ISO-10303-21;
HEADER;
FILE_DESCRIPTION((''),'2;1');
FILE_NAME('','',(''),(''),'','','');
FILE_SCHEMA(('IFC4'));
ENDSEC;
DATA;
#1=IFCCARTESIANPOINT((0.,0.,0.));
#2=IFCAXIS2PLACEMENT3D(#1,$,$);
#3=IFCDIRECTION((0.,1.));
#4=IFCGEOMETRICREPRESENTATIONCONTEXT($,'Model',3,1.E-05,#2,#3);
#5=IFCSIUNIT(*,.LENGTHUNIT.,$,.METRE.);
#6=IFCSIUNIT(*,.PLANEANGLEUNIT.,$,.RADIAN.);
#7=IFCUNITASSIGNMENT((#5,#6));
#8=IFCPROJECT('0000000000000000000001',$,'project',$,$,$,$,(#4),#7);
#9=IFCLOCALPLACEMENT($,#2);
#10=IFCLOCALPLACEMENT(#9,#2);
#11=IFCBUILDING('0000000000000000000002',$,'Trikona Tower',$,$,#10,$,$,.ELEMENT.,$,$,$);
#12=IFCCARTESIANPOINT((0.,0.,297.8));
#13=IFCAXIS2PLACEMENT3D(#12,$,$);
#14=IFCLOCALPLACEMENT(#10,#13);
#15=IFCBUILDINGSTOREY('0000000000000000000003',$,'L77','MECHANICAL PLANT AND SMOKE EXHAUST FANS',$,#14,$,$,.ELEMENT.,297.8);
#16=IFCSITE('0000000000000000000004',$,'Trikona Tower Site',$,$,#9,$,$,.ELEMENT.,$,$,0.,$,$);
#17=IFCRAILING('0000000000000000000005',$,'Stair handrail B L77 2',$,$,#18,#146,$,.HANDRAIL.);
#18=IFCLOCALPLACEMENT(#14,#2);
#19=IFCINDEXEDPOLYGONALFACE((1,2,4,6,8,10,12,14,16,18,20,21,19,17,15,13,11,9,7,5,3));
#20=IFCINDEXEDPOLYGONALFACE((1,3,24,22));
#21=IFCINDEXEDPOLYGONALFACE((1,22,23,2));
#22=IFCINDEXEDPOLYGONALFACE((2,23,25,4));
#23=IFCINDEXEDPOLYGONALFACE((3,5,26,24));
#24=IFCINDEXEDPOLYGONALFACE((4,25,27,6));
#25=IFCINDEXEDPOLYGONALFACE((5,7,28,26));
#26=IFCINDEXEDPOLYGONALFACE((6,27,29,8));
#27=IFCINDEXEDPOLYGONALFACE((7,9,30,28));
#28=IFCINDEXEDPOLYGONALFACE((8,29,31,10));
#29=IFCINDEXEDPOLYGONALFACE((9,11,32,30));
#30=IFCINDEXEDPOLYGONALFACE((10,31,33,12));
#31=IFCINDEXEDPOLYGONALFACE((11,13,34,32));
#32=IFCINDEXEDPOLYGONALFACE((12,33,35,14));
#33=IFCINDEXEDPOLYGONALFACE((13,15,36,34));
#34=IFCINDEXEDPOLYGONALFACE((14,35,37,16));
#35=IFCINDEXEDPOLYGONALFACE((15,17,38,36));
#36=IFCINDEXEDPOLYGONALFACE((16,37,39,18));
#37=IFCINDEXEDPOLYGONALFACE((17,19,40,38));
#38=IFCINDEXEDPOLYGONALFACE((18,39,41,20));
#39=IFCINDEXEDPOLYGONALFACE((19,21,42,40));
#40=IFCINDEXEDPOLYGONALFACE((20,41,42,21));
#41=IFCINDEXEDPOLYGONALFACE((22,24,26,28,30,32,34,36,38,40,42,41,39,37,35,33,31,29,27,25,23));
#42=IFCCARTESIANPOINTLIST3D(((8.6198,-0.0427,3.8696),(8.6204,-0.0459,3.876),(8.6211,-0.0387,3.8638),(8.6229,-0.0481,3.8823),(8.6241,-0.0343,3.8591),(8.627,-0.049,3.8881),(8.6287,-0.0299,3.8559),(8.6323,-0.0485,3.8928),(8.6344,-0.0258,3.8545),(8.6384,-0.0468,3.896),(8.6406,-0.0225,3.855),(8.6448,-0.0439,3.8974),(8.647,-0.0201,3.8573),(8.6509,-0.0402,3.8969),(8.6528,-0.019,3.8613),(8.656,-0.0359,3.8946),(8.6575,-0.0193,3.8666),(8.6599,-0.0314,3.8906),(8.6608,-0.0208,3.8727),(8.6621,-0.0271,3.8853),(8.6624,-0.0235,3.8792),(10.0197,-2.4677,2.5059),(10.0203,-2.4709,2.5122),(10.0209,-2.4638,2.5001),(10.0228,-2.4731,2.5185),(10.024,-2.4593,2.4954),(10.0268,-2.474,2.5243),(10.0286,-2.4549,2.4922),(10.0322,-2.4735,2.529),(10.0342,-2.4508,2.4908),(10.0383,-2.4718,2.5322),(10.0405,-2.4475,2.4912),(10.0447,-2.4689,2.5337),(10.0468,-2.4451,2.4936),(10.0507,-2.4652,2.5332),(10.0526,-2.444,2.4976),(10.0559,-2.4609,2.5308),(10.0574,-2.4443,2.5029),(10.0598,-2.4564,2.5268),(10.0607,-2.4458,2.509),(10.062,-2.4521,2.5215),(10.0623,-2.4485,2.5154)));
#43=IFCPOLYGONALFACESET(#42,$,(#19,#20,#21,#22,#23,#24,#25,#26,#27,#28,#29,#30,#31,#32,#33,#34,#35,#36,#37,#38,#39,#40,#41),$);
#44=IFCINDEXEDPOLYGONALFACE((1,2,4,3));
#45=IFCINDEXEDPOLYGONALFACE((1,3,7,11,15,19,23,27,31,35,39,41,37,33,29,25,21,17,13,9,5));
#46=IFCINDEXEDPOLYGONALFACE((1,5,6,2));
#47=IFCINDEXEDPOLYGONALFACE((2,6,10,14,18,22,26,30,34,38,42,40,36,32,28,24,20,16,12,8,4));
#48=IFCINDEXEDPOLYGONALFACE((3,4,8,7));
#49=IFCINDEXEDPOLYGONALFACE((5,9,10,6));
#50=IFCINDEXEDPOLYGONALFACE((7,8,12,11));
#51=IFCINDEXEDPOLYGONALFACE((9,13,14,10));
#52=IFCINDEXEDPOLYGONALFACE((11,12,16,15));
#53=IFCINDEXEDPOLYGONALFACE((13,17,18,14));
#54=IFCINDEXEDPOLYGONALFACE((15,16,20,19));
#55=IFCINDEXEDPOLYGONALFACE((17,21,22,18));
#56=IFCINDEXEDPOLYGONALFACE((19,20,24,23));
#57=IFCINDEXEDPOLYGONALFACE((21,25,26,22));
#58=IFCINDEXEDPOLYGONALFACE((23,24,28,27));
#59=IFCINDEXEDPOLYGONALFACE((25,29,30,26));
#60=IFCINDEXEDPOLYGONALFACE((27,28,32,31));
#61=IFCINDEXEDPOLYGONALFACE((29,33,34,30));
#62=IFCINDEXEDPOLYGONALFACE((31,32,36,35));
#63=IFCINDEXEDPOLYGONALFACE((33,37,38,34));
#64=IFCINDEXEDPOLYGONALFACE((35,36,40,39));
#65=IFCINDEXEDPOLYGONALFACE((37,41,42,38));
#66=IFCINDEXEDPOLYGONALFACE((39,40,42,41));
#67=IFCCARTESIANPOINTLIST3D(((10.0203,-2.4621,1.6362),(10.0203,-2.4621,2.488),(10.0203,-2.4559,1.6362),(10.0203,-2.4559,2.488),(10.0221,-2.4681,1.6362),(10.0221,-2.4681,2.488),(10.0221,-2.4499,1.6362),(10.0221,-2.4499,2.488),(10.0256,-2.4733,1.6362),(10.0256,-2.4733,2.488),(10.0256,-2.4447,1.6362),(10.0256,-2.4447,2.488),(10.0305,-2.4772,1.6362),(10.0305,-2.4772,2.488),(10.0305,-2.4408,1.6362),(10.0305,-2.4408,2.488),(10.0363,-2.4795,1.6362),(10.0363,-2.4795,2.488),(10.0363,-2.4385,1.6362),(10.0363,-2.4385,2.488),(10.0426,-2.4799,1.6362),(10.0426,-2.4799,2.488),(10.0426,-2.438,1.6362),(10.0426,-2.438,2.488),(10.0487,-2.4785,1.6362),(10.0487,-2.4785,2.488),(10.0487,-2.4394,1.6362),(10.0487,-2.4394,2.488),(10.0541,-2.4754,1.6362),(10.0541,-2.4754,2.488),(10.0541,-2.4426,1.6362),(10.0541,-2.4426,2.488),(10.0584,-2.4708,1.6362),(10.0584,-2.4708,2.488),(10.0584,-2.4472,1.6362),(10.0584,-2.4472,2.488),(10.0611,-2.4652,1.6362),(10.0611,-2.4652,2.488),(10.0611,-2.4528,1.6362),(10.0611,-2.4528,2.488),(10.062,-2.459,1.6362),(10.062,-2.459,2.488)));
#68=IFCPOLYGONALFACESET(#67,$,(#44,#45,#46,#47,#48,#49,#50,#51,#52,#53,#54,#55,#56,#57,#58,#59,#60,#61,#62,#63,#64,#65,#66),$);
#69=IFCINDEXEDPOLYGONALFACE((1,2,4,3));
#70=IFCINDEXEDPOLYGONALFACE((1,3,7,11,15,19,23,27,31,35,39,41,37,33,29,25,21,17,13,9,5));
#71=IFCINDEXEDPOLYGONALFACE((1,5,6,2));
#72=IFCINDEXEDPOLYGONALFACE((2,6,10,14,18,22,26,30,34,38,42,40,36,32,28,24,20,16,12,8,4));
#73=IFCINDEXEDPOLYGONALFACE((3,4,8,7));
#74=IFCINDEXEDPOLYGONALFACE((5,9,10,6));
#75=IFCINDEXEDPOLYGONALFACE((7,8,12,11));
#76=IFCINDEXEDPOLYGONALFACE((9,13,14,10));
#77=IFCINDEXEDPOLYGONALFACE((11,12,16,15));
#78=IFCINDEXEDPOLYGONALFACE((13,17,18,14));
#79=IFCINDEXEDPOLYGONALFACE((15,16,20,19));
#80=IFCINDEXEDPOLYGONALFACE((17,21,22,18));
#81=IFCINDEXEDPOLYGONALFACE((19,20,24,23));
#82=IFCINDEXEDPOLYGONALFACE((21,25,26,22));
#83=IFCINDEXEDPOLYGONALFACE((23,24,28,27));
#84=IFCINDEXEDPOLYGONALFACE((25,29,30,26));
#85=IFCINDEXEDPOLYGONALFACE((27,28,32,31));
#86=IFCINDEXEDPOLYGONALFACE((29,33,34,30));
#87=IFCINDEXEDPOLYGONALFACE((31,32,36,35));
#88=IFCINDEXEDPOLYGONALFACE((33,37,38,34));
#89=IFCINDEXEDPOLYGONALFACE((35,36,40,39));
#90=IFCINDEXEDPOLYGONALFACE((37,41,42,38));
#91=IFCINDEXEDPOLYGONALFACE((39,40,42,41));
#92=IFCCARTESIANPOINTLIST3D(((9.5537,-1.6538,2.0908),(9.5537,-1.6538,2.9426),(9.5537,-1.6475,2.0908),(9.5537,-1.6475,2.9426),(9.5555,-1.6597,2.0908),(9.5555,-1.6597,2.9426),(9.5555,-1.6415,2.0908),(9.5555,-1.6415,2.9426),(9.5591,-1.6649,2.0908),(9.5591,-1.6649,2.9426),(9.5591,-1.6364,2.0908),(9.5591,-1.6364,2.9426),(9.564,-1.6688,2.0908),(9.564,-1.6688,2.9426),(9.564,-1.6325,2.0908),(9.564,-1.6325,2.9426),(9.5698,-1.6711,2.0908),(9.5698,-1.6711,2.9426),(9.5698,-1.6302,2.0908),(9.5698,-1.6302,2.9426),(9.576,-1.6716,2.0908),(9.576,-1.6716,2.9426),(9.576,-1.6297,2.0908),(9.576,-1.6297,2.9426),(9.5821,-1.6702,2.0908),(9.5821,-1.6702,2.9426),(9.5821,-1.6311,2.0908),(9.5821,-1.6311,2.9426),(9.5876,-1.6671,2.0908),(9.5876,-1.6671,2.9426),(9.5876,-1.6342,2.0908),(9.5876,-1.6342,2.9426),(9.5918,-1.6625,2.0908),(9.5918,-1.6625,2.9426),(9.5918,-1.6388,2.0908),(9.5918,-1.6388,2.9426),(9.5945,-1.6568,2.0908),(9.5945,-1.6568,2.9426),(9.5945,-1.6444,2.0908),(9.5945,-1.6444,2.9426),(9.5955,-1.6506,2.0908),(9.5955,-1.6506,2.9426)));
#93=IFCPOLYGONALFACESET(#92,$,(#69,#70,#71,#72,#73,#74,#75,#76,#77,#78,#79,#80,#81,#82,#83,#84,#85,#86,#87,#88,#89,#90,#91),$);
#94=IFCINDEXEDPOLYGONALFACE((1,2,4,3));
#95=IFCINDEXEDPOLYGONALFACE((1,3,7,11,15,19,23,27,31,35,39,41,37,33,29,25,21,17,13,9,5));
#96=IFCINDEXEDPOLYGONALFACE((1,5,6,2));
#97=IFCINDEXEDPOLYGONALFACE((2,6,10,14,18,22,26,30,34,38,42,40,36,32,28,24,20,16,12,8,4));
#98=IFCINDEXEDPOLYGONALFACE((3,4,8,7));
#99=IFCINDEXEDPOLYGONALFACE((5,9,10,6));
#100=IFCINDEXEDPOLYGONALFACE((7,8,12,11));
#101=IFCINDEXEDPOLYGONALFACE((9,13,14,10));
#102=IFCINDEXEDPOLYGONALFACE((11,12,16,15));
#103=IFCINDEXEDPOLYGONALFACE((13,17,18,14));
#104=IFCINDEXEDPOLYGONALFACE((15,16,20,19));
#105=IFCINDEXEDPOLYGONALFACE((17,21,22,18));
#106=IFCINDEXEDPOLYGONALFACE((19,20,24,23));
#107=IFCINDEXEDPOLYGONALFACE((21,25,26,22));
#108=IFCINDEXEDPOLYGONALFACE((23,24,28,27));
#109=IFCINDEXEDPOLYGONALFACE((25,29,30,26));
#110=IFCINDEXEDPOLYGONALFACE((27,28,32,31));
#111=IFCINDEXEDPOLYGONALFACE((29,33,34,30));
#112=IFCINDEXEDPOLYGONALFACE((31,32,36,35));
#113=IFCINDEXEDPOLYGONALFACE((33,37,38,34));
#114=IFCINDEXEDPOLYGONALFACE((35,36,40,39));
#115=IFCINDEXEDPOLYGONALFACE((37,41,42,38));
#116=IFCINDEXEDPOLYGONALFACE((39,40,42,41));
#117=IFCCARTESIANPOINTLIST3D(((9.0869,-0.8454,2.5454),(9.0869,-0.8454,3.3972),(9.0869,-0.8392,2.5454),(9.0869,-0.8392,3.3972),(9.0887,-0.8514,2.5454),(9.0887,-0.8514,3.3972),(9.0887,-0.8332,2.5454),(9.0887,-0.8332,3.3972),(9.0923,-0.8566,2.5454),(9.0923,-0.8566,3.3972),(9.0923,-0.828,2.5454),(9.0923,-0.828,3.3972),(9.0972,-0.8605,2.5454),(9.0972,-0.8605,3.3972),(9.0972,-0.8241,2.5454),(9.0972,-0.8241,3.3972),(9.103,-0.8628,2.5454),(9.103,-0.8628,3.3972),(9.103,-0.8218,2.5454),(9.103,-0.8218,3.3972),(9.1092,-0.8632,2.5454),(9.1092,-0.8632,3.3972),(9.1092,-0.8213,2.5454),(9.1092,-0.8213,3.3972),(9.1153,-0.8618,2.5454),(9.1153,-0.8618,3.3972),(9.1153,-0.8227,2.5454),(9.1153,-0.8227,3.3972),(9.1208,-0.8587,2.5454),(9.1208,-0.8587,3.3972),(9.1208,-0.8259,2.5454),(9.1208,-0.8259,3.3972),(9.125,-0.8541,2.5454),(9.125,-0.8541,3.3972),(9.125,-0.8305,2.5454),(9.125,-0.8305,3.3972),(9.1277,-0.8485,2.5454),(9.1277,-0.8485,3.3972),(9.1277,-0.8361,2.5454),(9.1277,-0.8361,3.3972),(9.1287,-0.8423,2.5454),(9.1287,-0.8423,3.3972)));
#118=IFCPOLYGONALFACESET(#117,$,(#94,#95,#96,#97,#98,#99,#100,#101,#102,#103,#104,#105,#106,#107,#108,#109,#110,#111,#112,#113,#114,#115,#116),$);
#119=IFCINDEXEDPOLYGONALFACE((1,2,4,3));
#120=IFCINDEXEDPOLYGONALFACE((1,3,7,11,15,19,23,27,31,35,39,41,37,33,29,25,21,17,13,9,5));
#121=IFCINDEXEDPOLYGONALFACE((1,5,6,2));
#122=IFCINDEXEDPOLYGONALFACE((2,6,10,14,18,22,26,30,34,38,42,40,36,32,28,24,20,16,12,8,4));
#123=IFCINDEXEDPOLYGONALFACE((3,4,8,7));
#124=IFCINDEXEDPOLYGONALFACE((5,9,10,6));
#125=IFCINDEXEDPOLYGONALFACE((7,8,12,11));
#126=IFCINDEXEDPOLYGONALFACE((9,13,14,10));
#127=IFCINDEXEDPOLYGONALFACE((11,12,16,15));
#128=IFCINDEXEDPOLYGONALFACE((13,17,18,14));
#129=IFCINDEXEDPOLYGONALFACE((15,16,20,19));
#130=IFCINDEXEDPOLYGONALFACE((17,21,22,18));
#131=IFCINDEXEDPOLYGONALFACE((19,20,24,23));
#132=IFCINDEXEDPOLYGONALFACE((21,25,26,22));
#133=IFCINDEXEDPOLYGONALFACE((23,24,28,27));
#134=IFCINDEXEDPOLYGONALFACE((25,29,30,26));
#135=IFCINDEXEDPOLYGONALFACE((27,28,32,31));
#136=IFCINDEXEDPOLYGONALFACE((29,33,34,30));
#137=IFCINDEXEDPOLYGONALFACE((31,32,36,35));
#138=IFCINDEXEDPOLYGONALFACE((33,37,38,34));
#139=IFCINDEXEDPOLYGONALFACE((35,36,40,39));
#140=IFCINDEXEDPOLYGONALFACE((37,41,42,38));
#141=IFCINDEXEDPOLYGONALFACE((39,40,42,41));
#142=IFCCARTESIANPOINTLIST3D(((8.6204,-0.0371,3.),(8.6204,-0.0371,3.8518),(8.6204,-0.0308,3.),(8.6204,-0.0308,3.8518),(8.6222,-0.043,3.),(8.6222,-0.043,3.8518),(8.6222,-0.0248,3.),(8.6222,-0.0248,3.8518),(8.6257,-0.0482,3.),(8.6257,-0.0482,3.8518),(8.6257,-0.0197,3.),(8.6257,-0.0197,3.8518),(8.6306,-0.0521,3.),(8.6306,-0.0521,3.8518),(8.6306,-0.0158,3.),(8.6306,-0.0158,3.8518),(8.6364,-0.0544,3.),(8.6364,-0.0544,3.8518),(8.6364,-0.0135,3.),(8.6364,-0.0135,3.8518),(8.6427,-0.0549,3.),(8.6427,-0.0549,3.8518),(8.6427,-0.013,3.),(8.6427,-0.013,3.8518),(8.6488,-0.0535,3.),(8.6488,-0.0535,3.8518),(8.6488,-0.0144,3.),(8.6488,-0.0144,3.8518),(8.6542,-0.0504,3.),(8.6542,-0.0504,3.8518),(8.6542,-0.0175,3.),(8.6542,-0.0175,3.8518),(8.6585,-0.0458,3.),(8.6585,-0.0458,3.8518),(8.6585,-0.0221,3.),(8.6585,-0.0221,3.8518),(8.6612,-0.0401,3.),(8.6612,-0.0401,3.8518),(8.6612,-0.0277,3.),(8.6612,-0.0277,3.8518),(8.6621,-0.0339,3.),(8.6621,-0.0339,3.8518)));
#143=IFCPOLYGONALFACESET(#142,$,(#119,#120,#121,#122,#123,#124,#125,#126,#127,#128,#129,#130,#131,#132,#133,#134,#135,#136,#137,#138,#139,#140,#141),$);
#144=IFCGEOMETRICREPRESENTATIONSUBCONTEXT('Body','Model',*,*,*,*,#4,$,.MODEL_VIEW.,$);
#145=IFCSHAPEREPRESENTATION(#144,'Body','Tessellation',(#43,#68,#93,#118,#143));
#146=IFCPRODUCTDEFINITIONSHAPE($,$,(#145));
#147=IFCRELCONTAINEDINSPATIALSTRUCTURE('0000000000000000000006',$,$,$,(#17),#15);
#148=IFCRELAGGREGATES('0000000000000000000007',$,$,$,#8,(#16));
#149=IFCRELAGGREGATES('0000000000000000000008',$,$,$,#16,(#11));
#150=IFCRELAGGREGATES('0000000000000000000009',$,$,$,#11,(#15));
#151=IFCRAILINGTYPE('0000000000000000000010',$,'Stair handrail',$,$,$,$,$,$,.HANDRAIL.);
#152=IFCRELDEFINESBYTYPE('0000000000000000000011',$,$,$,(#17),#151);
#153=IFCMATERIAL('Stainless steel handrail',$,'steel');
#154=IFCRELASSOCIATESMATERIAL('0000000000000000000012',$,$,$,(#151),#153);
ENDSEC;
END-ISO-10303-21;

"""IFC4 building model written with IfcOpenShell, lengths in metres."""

from ifc_helpers import new_model, si_unit, direction, frame, origin, origin_2d, place, context, subcontext, project, spatial, circle, extrude, material, type_object, element, save


model = new_model("IFC4")

# Units and contexts
model_context = context("Model", 3, precision=1e-05, world=origin(), true_north=direction((0.0, 1.0)))
body_context = subcontext(model_context, "Body", "Model", "MODEL_VIEW")
ifc_project = project(units=[si_unit("LENGTHUNIT", "METRE"), si_unit("PLANEANGLEUNIT", "RADIAN")], contexts=[model_context])

# Site, building, storey
site_placement = place(None, origin())
site = spatial("IfcSite", under=ifc_project, at=site_placement, Name="Trikona Tower Site", CompositionType="ELEMENT", RefElevation=0.0)
building_placement = place(site_placement, origin())
building = spatial("IfcBuilding", under=site, at=building_placement, Name="Trikona Tower", CompositionType="ELEMENT")
storey_placement = place(building_placement, frame((0.0, 0.0, 297.8)))
storey = spatial("IfcBuildingStorey", under=building, at=storey_placement, Name="L77", Description="MECHANICAL PLANT AND SMOKE EXHAUST FANS", CompositionType="ELEMENT", Elevation=297.8)

# Railing
ifc_material_1 = material(Name="Stainless steel handrail", Category="steel")
railing_type = type_object("IfcRailingType", Name="Stair handrail", PredefinedType="HANDRAIL", material=ifc_material_1)
for number, where, name in (
    (1, (10.041, -2.459, 1.6362), "Stair handrail B L77 2"),
):
    element("IfcRailing", number, at=place(storey_placement, frame(where)), inside=storey, type_object=railing_type, Name=name, PredefinedType="HANDRAIL", context=body_context, shape_type="SweptSolid", body=[
        extrude(circle(Radius=0.0239, at=origin_2d()), frame((0.0, 0.0, 0.876), z_axis=(-0.449471, 0.778618, 0.43787), x_axis=(-0.866056, -0.499946, 0.0)), (0.0, 0.0, 1.0), 3.1145),
        extrude(circle(Radius=0.021, at=origin_2d()), origin(), (0.0, 0.0, 1.0), 0.8518),
        extrude(circle(Radius=0.021, at=origin_2d()), frame((-0.4666, 0.8083, 0.4546)), (0.0, 0.0, 1.0), 0.8518),
        extrude(circle(Radius=0.021, at=origin_2d()), frame((-0.9333, 1.6167, 0.9092)), (0.0, 0.0, 1.0), 0.8518),
        extrude(circle(Radius=0.021, at=origin_2d()), frame((-1.3999, 2.425, 1.3638)), (0.0, 0.0, 1.0), 0.8518),
    ])

save(model, "model.ifc")
